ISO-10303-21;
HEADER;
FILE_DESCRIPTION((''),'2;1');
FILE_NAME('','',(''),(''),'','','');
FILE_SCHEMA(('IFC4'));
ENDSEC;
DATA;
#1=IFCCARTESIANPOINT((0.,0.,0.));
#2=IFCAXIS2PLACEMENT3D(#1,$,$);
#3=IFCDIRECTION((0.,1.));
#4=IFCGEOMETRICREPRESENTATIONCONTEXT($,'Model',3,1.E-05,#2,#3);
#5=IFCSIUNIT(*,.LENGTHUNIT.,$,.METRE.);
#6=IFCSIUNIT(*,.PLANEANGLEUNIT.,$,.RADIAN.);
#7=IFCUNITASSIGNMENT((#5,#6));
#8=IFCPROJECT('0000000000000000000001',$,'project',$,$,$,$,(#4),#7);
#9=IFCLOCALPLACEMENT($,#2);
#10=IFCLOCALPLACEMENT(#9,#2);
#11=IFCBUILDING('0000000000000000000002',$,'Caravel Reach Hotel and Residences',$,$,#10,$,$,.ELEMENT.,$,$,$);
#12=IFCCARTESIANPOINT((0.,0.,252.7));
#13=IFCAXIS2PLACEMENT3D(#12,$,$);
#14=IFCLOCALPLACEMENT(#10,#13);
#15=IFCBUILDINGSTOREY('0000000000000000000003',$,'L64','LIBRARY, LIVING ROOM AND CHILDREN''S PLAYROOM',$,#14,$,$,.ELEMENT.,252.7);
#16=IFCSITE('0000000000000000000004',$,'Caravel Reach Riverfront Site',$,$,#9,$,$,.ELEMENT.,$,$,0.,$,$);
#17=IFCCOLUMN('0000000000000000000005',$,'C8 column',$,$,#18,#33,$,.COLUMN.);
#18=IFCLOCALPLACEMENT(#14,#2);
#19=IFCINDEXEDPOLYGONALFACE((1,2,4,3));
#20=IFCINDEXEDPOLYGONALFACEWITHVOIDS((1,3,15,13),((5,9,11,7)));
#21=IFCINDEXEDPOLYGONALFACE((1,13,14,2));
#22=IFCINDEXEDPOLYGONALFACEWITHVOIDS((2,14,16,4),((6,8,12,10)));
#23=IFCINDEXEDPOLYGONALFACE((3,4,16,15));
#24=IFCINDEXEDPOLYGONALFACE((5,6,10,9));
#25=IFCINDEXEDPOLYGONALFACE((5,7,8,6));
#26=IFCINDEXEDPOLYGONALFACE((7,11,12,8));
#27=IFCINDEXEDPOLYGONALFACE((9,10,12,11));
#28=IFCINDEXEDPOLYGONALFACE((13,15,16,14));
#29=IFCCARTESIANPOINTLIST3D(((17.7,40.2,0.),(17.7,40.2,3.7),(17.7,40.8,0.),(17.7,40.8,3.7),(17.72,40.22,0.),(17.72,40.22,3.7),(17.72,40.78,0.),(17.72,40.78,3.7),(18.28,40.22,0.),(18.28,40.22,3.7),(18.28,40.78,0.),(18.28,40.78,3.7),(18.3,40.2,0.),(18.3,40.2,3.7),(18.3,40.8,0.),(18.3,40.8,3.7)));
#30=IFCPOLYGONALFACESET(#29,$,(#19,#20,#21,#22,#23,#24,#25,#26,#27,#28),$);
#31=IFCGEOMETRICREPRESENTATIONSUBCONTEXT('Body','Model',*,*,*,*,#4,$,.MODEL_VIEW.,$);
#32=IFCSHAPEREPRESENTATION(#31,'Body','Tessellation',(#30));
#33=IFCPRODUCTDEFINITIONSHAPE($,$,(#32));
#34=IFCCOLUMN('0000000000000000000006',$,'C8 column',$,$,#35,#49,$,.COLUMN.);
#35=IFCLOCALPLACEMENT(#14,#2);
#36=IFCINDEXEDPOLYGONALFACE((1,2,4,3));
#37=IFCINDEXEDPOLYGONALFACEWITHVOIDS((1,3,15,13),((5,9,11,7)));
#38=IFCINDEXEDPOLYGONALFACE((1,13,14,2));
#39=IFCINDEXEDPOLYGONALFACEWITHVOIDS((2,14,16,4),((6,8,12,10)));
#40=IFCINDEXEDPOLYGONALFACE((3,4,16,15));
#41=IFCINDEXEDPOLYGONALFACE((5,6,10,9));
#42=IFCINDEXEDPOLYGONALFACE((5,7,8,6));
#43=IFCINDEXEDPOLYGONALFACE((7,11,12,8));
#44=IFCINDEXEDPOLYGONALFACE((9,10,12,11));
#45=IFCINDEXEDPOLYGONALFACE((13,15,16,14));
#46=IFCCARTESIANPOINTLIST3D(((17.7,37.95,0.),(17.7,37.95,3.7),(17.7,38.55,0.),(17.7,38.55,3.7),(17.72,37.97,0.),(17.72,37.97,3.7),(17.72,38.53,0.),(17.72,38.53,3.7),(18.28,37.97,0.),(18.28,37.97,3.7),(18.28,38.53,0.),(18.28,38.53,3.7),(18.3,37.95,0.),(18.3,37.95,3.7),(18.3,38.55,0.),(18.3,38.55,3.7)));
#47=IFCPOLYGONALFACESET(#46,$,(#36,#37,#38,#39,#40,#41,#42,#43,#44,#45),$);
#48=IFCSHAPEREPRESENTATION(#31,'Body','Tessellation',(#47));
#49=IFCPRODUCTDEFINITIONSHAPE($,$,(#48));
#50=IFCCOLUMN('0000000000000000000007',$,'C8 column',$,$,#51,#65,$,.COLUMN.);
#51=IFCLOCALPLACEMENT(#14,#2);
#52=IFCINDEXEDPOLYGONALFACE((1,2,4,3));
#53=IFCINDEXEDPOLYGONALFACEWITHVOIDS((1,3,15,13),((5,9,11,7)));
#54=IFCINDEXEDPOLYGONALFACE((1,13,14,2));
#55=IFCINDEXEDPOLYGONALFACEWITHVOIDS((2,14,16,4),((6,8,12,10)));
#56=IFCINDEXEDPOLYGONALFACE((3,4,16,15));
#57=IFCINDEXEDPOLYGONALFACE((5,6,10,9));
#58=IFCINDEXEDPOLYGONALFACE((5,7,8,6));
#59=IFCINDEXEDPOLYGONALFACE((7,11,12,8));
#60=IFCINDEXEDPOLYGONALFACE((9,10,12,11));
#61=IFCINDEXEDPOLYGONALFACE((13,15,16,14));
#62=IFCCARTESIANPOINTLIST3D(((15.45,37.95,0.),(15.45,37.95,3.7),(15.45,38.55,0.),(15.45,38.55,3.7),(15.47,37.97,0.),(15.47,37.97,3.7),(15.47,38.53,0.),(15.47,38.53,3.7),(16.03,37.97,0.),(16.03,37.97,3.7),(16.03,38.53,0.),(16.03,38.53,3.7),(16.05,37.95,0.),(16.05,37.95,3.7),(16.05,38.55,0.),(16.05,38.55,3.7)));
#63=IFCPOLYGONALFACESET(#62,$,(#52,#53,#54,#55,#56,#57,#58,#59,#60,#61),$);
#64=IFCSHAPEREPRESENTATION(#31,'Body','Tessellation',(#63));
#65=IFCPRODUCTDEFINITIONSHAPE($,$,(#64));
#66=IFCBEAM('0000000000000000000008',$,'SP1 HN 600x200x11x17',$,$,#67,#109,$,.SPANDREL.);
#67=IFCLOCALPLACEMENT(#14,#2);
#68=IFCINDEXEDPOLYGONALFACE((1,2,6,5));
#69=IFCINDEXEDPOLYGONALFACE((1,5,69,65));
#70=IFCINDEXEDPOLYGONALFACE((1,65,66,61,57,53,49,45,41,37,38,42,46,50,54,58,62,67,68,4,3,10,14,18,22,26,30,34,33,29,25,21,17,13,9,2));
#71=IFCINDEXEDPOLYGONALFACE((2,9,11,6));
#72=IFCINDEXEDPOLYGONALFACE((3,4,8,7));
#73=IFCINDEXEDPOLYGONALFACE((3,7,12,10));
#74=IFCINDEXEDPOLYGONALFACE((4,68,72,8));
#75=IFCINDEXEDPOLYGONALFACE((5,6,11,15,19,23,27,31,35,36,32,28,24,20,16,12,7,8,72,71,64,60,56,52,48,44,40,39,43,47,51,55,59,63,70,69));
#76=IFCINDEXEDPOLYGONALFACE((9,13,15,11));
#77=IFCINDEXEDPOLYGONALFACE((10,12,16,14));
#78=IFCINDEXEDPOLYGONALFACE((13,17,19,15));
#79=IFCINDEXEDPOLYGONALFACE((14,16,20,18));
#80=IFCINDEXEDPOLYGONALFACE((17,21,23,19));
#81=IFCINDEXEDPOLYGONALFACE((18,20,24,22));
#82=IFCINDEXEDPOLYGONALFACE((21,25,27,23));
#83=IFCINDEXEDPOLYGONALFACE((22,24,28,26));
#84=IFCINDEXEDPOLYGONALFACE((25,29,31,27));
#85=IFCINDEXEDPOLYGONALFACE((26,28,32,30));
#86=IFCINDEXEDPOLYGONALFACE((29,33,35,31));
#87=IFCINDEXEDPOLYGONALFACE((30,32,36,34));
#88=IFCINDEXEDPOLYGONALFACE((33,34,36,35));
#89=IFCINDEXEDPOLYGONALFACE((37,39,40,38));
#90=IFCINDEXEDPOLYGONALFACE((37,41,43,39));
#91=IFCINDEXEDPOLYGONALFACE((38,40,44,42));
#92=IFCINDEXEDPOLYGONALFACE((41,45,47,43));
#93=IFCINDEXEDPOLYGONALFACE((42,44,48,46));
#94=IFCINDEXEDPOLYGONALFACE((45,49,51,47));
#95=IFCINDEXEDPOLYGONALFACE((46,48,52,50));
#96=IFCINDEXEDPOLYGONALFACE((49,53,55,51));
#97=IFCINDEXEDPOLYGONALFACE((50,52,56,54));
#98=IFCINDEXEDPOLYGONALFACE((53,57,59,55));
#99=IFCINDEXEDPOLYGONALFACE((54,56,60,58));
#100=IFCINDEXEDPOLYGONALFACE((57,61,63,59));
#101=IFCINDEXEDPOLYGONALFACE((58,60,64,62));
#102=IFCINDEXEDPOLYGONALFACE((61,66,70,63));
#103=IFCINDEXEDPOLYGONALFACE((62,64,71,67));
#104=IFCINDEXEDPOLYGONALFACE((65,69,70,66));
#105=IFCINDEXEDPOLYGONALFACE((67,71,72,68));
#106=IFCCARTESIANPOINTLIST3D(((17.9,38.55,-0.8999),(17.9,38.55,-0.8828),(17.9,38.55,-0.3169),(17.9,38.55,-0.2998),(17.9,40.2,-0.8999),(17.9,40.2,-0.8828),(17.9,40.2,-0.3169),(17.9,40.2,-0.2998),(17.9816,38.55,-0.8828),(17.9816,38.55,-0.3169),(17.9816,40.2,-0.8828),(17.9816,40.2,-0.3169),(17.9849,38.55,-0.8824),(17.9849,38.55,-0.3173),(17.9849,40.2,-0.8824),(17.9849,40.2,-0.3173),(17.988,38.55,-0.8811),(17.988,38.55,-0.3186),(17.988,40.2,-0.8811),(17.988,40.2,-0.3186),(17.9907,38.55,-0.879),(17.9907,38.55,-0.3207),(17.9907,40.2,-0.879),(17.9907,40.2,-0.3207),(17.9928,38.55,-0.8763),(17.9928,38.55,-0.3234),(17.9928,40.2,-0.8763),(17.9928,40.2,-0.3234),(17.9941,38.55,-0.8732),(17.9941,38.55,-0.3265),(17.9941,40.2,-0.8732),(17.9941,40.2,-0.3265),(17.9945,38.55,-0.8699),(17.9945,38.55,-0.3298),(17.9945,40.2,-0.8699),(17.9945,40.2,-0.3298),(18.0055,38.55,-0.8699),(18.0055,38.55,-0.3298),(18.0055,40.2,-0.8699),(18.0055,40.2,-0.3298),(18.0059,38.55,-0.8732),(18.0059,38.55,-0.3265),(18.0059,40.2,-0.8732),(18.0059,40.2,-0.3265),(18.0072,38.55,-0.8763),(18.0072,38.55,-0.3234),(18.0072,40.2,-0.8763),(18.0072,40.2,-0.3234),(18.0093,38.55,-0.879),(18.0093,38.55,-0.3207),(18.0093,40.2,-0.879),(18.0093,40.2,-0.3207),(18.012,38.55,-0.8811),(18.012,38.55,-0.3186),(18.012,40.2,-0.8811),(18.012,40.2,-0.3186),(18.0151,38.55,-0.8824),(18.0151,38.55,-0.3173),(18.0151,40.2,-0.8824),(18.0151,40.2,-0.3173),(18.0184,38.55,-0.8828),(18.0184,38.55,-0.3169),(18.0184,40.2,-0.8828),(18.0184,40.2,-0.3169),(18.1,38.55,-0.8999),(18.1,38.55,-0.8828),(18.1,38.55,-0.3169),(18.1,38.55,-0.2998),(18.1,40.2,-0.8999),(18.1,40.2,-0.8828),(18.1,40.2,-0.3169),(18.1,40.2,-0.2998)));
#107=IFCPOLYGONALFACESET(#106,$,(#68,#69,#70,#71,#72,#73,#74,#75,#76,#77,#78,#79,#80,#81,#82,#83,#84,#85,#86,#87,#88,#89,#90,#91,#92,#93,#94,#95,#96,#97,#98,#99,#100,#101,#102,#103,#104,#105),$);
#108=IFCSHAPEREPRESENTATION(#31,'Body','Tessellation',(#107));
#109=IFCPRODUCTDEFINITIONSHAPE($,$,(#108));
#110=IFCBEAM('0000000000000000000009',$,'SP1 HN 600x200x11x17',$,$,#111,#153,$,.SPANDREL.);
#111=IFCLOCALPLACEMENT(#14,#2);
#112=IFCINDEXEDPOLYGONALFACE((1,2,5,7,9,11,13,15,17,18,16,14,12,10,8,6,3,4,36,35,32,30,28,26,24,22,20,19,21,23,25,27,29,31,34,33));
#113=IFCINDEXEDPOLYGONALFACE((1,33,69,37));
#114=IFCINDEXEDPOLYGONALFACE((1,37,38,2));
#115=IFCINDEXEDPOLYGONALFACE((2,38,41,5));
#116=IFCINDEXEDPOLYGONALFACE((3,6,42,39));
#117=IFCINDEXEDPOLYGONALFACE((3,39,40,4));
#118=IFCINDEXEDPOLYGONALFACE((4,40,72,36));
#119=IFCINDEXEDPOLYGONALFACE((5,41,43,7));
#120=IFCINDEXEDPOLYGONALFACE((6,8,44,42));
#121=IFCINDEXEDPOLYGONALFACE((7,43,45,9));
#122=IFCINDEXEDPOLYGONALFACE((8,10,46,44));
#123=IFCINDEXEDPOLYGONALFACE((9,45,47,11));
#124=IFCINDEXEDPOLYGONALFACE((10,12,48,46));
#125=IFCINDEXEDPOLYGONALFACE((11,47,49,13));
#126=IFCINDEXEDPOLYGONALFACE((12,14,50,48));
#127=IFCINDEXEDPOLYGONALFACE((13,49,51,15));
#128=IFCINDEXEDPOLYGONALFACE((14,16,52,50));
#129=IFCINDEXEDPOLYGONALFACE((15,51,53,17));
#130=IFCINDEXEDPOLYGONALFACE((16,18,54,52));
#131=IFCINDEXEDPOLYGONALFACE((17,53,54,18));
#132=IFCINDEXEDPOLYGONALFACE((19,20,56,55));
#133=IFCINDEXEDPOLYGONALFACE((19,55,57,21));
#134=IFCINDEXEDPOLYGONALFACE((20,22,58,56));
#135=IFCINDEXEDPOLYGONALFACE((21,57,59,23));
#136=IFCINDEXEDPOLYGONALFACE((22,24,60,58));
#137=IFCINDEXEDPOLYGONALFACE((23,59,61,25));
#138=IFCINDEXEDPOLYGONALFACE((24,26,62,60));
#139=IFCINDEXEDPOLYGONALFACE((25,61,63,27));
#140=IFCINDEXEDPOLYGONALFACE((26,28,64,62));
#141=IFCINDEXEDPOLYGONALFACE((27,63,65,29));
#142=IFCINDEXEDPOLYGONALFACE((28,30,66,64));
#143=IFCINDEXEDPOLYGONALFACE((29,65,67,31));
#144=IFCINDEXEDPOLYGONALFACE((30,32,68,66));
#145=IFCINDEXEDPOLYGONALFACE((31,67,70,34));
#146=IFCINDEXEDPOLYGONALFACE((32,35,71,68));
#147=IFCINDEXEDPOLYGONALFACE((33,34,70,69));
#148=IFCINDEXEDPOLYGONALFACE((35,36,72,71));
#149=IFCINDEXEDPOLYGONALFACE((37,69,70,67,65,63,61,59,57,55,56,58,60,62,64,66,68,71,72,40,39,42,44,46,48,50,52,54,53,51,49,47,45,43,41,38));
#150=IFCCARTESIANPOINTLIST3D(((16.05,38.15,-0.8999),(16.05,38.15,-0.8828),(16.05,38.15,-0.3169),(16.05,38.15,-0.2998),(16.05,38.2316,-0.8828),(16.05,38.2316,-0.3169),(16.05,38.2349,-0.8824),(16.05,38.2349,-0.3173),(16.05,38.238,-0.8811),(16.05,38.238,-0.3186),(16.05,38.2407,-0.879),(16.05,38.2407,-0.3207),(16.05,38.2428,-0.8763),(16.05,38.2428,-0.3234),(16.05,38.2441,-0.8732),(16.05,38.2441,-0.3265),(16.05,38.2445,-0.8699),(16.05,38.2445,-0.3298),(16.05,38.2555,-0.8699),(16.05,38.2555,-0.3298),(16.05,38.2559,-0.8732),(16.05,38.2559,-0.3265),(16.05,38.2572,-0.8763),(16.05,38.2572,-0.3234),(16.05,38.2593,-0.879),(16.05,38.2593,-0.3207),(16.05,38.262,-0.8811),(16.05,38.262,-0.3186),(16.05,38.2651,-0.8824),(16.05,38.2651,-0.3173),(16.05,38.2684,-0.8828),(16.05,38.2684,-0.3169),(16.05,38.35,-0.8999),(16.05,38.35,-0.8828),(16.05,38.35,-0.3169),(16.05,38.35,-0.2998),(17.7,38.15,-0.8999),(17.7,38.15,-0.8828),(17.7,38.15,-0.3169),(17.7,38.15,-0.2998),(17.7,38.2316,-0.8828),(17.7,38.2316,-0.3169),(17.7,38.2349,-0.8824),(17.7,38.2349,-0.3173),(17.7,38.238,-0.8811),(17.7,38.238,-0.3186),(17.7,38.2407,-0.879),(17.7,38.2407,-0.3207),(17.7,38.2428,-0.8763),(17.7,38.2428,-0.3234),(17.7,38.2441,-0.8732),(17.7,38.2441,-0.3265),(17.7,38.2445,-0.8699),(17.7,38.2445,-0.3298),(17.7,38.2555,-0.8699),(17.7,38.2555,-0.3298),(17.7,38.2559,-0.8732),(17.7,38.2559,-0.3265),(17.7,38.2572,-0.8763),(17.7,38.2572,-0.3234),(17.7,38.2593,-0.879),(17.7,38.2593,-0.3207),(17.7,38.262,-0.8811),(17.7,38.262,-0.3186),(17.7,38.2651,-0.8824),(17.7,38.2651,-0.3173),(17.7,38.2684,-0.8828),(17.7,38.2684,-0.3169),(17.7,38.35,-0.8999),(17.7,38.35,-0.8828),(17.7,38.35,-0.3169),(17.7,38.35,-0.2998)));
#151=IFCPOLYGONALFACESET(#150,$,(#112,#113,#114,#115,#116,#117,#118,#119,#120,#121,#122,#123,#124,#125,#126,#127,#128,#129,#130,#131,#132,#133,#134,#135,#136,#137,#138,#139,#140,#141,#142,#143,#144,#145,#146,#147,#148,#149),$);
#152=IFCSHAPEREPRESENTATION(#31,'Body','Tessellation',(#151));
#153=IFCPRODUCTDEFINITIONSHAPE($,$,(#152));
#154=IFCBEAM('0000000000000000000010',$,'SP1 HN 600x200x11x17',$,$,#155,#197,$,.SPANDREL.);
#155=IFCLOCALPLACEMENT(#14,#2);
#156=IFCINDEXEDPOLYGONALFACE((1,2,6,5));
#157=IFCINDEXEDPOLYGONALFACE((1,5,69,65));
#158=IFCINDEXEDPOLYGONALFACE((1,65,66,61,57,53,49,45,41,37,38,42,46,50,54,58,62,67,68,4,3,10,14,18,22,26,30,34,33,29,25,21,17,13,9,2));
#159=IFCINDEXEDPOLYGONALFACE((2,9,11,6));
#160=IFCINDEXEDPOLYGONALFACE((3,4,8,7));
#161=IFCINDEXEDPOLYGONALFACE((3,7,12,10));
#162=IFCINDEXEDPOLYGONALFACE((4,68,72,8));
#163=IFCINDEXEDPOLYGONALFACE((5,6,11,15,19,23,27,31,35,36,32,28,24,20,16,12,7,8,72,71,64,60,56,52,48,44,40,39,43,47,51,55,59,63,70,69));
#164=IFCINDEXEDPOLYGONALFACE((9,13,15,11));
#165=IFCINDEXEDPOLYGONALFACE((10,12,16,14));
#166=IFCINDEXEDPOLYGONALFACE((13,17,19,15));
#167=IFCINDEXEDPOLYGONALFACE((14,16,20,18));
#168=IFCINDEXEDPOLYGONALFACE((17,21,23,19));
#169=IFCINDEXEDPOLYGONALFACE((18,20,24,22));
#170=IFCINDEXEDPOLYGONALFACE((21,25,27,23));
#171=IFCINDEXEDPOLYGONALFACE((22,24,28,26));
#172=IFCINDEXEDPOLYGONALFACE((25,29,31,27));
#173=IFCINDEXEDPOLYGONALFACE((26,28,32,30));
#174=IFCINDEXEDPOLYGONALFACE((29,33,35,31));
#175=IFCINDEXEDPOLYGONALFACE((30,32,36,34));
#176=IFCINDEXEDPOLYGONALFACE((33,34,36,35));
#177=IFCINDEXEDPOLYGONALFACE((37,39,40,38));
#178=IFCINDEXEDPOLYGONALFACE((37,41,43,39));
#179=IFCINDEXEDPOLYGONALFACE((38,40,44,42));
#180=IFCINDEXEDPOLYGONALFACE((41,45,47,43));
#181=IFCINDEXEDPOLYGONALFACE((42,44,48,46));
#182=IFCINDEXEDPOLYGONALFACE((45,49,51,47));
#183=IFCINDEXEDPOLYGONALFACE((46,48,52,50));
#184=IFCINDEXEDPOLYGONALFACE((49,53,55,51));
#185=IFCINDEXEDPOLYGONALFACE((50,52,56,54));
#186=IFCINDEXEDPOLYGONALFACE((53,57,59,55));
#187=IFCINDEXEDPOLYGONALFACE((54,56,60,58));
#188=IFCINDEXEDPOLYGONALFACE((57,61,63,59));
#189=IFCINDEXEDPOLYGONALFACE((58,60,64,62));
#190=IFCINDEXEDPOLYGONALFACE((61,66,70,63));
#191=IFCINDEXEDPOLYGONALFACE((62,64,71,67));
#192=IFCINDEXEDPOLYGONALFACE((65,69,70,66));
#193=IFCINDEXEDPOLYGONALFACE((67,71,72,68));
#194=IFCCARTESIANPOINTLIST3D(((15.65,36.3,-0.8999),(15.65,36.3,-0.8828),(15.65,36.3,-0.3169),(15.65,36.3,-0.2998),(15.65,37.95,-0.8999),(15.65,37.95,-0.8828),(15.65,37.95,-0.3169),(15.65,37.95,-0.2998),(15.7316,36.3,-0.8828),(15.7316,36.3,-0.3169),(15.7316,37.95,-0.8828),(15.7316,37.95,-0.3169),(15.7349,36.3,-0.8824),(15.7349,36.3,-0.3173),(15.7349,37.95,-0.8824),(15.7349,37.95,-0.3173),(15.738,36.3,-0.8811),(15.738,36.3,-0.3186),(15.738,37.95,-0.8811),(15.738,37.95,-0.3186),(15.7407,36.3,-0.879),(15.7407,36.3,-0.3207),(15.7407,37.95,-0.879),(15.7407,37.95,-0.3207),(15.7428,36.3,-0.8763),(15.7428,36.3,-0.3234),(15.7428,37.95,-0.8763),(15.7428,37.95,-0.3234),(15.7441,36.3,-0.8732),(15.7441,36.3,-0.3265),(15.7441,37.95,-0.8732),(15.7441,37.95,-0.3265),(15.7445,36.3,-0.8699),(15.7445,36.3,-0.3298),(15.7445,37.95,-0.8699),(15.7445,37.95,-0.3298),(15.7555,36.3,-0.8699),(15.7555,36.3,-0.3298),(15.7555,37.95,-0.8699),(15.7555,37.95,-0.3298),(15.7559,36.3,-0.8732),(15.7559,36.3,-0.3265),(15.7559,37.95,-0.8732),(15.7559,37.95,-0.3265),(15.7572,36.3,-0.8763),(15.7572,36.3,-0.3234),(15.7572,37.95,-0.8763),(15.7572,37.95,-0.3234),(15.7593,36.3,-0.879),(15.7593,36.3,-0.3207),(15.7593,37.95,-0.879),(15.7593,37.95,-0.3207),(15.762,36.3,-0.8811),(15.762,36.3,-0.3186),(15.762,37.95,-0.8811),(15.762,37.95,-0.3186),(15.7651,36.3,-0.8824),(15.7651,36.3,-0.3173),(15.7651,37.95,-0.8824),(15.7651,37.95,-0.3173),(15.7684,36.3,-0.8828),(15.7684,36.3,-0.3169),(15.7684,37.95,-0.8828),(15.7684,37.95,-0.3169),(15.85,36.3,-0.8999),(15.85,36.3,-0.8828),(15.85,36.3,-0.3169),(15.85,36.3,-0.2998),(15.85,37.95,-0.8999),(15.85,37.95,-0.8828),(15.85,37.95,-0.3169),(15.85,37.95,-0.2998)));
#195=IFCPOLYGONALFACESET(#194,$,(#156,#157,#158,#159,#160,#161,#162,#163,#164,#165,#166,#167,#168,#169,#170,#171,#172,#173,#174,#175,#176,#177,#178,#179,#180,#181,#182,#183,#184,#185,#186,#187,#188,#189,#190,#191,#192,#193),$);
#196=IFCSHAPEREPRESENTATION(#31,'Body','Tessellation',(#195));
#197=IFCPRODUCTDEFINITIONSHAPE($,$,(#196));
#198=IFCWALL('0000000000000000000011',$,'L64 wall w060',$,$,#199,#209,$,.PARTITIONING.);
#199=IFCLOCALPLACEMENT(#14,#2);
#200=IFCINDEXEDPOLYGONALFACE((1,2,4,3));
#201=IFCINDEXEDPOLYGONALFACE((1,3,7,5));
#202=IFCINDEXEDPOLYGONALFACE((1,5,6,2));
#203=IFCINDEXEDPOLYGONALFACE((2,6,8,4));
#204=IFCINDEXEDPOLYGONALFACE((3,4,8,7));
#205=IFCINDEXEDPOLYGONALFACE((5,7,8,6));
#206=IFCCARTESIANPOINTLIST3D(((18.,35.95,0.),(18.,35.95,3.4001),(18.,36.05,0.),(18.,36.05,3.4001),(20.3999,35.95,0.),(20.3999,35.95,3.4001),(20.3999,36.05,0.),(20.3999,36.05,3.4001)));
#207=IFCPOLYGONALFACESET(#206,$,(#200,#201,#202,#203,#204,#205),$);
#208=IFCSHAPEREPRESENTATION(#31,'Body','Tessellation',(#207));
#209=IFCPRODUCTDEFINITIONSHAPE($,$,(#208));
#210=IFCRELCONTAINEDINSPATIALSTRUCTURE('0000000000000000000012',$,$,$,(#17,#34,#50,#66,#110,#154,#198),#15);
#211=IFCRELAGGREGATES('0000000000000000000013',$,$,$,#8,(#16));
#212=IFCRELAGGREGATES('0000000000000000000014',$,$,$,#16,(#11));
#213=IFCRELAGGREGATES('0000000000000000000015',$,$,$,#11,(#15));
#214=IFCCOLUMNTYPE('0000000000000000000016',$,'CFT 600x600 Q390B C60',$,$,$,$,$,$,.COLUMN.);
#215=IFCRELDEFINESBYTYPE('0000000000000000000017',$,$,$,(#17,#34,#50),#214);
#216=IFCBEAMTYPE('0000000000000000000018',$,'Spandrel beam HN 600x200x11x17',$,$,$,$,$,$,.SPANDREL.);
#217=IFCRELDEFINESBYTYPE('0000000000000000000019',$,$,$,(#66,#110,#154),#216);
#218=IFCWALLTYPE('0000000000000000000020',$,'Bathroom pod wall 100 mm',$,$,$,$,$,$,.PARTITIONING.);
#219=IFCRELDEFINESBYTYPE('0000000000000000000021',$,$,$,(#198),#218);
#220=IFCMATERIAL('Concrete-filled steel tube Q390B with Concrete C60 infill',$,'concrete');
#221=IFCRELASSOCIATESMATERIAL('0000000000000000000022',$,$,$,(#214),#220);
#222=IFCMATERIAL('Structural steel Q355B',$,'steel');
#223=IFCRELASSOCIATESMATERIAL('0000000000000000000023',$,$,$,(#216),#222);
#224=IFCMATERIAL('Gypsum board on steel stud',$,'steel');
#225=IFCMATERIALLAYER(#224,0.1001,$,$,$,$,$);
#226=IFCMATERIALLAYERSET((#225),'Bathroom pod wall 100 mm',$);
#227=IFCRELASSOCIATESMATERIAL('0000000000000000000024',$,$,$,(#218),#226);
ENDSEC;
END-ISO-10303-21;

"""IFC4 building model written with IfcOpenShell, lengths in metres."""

from ifc_helpers import new_model, si_unit, direction, frame, frame_2d, origin, origin_2d, place, context, subcontext, project, spatial, rectangle, hollow_rectangle, i_section, extrude, material, layer, layer_set, material_profile, profile_set, type_object, element, save


model = new_model("IFC4")

# Units and contexts
model_context = context("Model", 3, precision=1e-05, world=origin(), true_north=direction((0.0, 1.0)))
body_context = subcontext(model_context, "Body", "Model", "MODEL_VIEW")
ifc_project = project(units=[si_unit("LENGTHUNIT", "METRE"), si_unit("PLANEANGLEUNIT", "RADIAN")], contexts=[model_context])

# Site, building, storey
site_placement = place(None, origin())
site = spatial("IfcSite", under=ifc_project, at=site_placement, Name="Caravel Reach Riverfront Site", CompositionType="ELEMENT", RefElevation=0.0)
building_placement = place(site_placement, origin())
building = spatial("IfcBuilding", under=site, at=building_placement, Name="Caravel Reach Hotel and Residences", CompositionType="ELEMENT")
storey_placement = place(building_placement, frame((0.0, 0.0, 252.7)))
storey = spatial("IfcBuildingStorey", under=building, at=storey_placement, Name="L64", Description="LIBRARY, LIVING ROOM AND CHILDREN'S PLAYROOM", CompositionType="ELEMENT", Elevation=252.7)

# Columns
ifc_material_1 = material(Name="Concrete-filled steel tube Q390B with Concrete C60 infill", Category="concrete")
ifc_material_profile_1 = material_profile(ifc_material_1, hollow_rectangle(XDim=0.6001, YDim=0.6001, WallThickness=0.02, at=origin_2d()), Name="RHS 600x600x20")
ifc_profile_set_1 = profile_set([ifc_material_profile_1], Name="Concrete-filled steel tube Q390B with Concrete C60 infill")
column_type = type_object("IfcColumnType", Name="CFT 600x600 Q390B C60", PredefinedType="COLUMN", material=ifc_profile_set_1)
for number, where, z_axis, x_axis, name in (
    (1, (18.0, 40.5, 0.0), (0.0, 0.0, 1.0), (1.0, 0.0, 0.0), "C8 column"),
    (2, (18.0, 38.25, 0.0), (0.0, 0.0, 1.0), (1.0, 0.0, 0.0), "C8 column"),
    (3, (15.75, 38.25, 0.0), (0.0, 0.0, 1.0), (1.0, 0.0, 0.0), "C8 column"),
):
    element("IfcColumn", number, at=place(storey_placement, frame(where, z_axis=z_axis, x_axis=x_axis)), inside=storey, type_object=column_type, Name=name, PredefinedType="COLUMN", context=body_context, shape_type="SweptSolid", body=[
        extrude(hollow_rectangle(XDim=0.6001, YDim=0.6001, WallThickness=0.02, at=origin_2d()), origin(), (0.0, 0.0, 1.0), 3.7),
    ])

# Beams
ifc_material_2 = material(Name="Structural steel Q355B", Category="steel")
ifc_material_profile_2 = material_profile(ifc_material_2, i_section(OverallWidth=0.2, OverallDepth=0.6001, WebThickness=0.011, FlangeThickness=0.0171, FilletRadius=0.0129, at=origin_2d()), Name="HN 600x200x11x17")
ifc_profile_set_2 = profile_set([ifc_material_profile_2], Name="Structural steel Q355B")
beam_type = type_object("IfcBeamType", Name="Spandrel beam HN 600x200x11x17", PredefinedType="SPANDREL", material=ifc_profile_set_2)
for number, where, z_axis, x_axis, name in (
    (4, (18.0, 40.2, -0.5999), (0.0, -1.0, 0.0), (1.0, 0.0, 0.0), "SP1 HN 600x200x11x17"),
    (5, (17.7, 38.25, -0.5999), (-1.0, 0.0, 0.0), (0.0, -1.0, 0.0), "SP1 HN 600x200x11x17"),
    (6, (15.75, 37.95, -0.5999), (0.0, -1.0, 0.0), (1.0, 0.0, 0.0), "SP1 HN 600x200x11x17"),
):
    element("IfcBeam", number, at=place(storey_placement, frame(where, z_axis=z_axis, x_axis=x_axis)), inside=storey, type_object=beam_type, Name=name, PredefinedType="SPANDREL", context=body_context, shape_type="SweptSolid", body=[
        extrude(i_section(OverallWidth=0.2, OverallDepth=0.6001, WebThickness=0.011, FlangeThickness=0.0171, FilletRadius=0.0129, at=origin_2d()), origin(), (0.0, 0.0, 1.0), 1.6499),
    ])

# Wall
ifc_material_3 = material(Name="Gypsum board on steel stud", Category="steel")
ifc_layer_1 = layer(ifc_material_3, 0.1001)
ifc_layer_set_1 = layer_set([ifc_layer_1], Name="Bathroom pod wall 100 mm")
wall_type_1 = type_object("IfcWallType", Name="Bathroom pod wall 100 mm", PredefinedType="PARTITIONING", material=ifc_layer_set_1)
wall_1_placement = place(storey_placement, frame((18.0, 36.0, 0.0), z_axis=(0.0, 0.0, 1.0), x_axis=(1.0, 0.0, 0.0)))
element("IfcWall", 7, at=wall_1_placement, inside=storey, type_object=wall_type_1, Name="L64 wall w060", PredefinedType="PARTITIONING", context=body_context, shape_type="SweptSolid", body=[
    extrude(rectangle(XDim=2.3999, YDim=0.1001, at=frame_2d((1.2, 0.0))), origin(), (0.0, 0.0, 1.0), 3.4001),
])

save(model, "model.ifc")
